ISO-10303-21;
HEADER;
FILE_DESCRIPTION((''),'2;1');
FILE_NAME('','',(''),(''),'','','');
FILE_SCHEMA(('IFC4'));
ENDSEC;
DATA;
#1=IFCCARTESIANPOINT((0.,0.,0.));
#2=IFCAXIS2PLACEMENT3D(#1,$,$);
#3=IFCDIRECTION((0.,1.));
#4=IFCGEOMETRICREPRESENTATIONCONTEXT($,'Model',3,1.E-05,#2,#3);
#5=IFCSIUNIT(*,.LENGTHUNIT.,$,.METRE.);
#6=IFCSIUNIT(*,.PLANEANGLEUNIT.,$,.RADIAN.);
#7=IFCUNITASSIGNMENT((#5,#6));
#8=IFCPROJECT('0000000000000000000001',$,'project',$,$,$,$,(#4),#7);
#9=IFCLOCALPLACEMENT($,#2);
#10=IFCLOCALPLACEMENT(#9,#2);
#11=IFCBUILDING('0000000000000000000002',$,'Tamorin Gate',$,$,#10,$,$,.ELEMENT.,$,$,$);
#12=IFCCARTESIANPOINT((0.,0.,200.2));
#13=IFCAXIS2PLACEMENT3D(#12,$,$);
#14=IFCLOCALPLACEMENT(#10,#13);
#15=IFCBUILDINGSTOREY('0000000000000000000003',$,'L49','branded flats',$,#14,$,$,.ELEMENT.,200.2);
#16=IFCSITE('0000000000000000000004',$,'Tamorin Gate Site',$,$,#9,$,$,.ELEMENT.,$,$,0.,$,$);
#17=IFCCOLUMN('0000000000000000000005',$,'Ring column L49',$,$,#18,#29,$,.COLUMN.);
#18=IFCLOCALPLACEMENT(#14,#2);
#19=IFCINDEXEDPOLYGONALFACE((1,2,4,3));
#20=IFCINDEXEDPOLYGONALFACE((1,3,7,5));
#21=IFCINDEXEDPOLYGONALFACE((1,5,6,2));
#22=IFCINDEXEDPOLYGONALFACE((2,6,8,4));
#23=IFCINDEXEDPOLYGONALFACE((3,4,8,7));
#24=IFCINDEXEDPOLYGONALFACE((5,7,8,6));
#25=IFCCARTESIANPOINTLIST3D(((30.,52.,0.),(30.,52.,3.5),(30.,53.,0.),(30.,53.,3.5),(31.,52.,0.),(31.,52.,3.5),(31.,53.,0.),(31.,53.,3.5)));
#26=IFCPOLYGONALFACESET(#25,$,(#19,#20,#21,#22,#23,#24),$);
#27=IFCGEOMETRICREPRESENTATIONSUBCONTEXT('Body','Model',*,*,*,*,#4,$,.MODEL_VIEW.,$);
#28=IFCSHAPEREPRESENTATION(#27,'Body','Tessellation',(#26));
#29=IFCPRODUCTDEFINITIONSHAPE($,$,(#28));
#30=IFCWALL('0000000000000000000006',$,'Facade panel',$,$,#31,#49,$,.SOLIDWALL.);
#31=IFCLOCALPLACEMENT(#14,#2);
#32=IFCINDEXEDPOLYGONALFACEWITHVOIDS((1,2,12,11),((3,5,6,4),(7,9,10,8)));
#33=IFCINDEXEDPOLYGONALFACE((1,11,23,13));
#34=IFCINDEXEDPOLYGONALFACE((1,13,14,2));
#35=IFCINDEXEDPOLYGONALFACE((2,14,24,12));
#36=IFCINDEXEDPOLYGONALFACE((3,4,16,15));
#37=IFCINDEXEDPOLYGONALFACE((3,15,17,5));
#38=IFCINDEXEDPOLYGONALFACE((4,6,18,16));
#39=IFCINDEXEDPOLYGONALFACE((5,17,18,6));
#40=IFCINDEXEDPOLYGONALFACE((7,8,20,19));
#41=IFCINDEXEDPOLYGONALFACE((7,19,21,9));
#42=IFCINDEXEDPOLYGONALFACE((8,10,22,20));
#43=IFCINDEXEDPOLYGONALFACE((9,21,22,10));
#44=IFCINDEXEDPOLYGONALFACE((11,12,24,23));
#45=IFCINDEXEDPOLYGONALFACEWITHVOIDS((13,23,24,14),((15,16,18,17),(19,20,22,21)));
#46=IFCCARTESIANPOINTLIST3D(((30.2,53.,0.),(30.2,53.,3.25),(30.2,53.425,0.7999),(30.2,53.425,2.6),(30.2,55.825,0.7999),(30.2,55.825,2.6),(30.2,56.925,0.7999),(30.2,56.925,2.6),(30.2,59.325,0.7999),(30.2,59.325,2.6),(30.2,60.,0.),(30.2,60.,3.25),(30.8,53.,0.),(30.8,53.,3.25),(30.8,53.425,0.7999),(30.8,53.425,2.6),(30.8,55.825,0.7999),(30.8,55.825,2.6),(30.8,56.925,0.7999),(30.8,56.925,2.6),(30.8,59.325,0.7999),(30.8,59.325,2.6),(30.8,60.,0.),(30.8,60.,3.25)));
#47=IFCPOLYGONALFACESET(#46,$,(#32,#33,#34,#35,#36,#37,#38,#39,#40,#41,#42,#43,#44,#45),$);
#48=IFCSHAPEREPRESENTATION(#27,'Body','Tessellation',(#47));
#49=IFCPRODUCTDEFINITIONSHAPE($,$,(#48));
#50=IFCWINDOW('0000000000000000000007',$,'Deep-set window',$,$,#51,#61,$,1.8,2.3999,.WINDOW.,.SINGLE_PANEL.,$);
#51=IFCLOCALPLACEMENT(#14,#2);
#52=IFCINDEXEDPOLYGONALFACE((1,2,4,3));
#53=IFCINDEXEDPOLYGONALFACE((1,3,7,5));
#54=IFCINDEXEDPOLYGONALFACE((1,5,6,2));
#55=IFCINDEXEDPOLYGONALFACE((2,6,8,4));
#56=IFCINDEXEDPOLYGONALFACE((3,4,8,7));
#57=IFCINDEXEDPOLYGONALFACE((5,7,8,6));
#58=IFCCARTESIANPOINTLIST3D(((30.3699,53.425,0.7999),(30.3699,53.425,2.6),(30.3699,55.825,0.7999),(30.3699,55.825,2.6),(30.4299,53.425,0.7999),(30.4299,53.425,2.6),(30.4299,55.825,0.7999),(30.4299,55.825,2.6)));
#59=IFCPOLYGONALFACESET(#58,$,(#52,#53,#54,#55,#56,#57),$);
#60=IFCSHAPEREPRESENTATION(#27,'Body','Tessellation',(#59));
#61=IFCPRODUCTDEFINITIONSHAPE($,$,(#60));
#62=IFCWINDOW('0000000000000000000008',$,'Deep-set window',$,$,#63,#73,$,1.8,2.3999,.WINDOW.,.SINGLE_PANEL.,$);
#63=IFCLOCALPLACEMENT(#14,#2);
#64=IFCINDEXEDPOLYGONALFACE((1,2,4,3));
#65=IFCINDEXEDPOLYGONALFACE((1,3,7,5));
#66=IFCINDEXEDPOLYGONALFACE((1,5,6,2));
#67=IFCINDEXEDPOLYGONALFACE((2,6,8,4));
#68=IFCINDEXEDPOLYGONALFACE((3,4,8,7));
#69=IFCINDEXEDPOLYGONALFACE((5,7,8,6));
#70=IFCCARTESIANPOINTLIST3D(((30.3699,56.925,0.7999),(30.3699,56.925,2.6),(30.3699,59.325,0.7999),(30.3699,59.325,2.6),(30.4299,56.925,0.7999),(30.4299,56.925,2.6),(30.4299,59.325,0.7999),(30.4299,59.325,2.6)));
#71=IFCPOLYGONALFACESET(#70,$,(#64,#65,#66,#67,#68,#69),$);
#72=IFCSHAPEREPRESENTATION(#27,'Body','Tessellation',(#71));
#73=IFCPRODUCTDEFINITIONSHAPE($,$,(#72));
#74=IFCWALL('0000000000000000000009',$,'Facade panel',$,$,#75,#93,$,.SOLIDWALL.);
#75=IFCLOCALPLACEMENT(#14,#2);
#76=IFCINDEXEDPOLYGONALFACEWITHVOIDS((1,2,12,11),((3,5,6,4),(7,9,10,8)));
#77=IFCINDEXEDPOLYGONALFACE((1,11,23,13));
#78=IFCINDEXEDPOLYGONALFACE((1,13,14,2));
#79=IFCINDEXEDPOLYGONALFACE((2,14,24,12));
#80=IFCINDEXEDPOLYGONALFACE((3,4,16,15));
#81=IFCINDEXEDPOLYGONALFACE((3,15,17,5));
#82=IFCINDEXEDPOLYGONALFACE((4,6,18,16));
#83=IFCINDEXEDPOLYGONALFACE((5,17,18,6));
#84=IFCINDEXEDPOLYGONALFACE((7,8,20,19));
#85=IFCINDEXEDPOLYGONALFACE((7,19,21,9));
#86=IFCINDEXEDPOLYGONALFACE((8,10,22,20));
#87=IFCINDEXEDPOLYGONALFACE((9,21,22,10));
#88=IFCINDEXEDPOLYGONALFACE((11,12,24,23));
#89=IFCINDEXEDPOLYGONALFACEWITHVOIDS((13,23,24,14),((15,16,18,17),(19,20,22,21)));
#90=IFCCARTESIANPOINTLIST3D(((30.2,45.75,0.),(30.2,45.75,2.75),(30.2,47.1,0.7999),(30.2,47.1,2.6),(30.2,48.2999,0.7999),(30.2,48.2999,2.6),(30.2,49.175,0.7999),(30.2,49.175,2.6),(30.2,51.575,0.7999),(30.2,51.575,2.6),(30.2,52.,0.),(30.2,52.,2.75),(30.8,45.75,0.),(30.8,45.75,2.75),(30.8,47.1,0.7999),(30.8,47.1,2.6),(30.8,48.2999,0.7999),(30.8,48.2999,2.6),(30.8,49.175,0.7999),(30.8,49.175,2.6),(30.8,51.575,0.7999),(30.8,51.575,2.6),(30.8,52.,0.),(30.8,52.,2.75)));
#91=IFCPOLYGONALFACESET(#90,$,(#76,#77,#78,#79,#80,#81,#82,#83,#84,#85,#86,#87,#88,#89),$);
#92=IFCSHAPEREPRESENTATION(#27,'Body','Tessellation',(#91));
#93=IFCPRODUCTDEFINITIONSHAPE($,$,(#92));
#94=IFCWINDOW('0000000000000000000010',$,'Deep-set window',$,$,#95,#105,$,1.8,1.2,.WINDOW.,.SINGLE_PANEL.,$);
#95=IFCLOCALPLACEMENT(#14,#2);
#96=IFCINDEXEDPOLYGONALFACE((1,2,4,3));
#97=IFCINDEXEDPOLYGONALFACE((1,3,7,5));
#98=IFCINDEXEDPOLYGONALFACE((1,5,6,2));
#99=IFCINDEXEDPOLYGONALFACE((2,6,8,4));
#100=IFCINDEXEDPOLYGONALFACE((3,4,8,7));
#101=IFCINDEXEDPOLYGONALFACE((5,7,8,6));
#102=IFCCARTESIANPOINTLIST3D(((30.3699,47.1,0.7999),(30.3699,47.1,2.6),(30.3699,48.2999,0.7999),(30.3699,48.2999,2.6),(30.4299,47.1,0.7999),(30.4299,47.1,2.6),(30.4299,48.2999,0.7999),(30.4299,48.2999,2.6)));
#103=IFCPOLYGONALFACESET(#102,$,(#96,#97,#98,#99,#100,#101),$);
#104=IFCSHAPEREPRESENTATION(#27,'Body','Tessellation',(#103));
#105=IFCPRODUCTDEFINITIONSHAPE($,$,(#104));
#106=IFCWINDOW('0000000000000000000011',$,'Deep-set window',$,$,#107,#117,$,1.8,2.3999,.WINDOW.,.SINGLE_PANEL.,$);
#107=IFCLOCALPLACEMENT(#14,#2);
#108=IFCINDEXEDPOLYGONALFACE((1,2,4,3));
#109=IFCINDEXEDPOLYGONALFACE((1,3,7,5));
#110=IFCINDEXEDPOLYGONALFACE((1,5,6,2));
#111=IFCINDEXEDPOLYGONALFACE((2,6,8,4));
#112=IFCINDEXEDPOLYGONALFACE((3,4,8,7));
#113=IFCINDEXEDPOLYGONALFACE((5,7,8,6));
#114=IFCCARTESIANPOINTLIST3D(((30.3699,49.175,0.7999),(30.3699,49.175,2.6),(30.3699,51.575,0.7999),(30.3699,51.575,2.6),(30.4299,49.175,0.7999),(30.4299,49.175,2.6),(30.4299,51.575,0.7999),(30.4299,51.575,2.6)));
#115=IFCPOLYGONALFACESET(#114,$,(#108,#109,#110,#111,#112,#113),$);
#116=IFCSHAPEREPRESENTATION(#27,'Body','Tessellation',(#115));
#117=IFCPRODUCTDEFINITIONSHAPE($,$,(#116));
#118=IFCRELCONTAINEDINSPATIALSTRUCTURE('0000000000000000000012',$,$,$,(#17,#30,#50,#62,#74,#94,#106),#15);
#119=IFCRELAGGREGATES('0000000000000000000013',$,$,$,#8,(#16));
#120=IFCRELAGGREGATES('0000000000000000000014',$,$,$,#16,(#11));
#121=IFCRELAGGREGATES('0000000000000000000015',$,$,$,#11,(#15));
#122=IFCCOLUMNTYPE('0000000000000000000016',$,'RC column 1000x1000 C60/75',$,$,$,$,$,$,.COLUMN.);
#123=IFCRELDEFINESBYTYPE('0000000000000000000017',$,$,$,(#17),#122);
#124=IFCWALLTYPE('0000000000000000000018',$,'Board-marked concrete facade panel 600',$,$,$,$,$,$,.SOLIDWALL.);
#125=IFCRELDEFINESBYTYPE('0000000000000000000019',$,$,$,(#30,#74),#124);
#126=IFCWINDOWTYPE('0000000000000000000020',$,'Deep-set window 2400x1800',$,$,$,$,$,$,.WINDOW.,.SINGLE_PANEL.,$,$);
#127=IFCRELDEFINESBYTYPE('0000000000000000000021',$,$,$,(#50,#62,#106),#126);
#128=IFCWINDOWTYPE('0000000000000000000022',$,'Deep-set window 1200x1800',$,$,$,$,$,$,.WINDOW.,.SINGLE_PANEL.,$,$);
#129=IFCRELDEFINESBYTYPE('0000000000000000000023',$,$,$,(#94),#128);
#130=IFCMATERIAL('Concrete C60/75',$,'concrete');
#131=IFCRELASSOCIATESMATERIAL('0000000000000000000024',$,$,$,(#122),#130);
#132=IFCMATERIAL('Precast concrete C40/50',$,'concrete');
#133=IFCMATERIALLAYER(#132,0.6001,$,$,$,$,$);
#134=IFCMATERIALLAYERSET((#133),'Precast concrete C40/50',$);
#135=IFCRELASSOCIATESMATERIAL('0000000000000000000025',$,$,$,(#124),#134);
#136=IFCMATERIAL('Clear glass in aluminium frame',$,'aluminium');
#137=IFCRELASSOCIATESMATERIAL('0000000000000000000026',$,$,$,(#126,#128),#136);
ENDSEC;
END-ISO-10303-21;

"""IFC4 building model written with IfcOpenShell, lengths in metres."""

from ifc_helpers import new_model, si_unit, direction, frame, frame_2d, origin, origin_2d, place, context, subcontext, project, spatial, rectangle, extrude, material, layer, layer_set, material_profile, profile_set, type_object, element, fill, save


model = new_model("IFC4")

# Units and contexts
model_context = context("Model", 3, precision=1e-05, world=origin(), true_north=direction((0.0, 1.0)))
body_context = subcontext(model_context, "Body", "Model", "MODEL_VIEW")
ifc_project = project(units=[si_unit("LENGTHUNIT", "METRE"), si_unit("PLANEANGLEUNIT", "RADIAN")], contexts=[model_context])

# Site, building, storey
site_placement = place(None, origin())
site = spatial("IfcSite", under=ifc_project, at=site_placement, Name="Tamorin Gate Site", CompositionType="ELEMENT", RefElevation=0.0)
building_placement = place(site_placement, origin())
building = spatial("IfcBuilding", under=site, at=building_placement, Name="Tamorin Gate", CompositionType="ELEMENT")
storey_placement = place(building_placement, frame((0.0, 0.0, 200.2)))
storey = spatial("IfcBuildingStorey", under=building, at=storey_placement, Name="L49", Description="branded flats", CompositionType="ELEMENT", Elevation=200.2)

# Column
ifc_material_1 = material(Name="Concrete C60/75", Category="concrete")
ifc_material_profile = material_profile(ifc_material_1, rectangle(XDim=1.0, YDim=1.0, at=origin_2d()), Name="RC 1000x1000")
ifc_profile_set = profile_set([ifc_material_profile], Name="Concrete C60/75")
column_type = type_object("IfcColumnType", Name="RC column 1000x1000 C60/75", PredefinedType="COLUMN", material=ifc_profile_set)
column_placement = place(storey_placement, frame((30.5, 52.5, 0.0), z_axis=(0.0, 0.0, 1.0), x_axis=(1.0, 0.0, 0.0)))
element("IfcColumn", 1, at=column_placement, inside=storey, type_object=column_type, Name="Ring column L49", PredefinedType="COLUMN", context=body_context, shape_type="SweptSolid", body=[
    extrude(rectangle(XDim=1.0, YDim=1.0, at=origin_2d()), origin(), (0.0, 0.0, 1.0), 3.5),
])

# Walls, openings, windows
ifc_material_2 = material(Name="Precast concrete C40/50", Category="concrete")
ifc_layer_1 = layer(ifc_material_2, 0.6001)
ifc_layer_set_1 = layer_set([ifc_layer_1], Name="Precast concrete C40/50")
wall_type_1 = type_object("IfcWallType", Name="Board-marked concrete facade panel 600", PredefinedType="SOLIDWALL", material=ifc_layer_set_1)
wall_1_placement = place(storey_placement, frame((30.5, 60.0, 0.0), z_axis=(0.0, 0.0, 1.0), x_axis=(0.0, -1.0, 0.0)))
wall_1 = element("IfcWall", 2, at=wall_1_placement, inside=storey, type_object=wall_type_1, Name="Facade panel", PredefinedType="SOLIDWALL", context=body_context, shape_type="SweptSolid", body=[
    extrude(rectangle(XDim=7.0, YDim=0.6001, at=frame_2d((3.5, 0.0))), origin(), (0.0, 0.0, 1.0), 3.25),
])
opening_1_placement = place(wall_1_placement, frame((4.175, 0.0, 0.8)))
opening_1 = element("IfcOpeningElement", 3, at=opening_1_placement, cuts=wall_1, PredefinedType="OPENING", context=body_context, shape_type="SweptSolid", body=[
    extrude(rectangle(XDim=2.3999, YDim=1.8, at=frame_2d((1.2, 0.8999))), frame((0.0, 0.3101, 0.0), z_axis=(0.0, -1.0, 0.0), x_axis=(1.0, 0.0, 0.0)), (0.0, 0.0, 1.0), 0.6201),
])
opening_2_placement = place(wall_1_placement, frame((0.675, 0.0, 0.8)))
opening_2 = element("IfcOpeningElement", 4, at=opening_2_placement, cuts=wall_1, PredefinedType="OPENING", context=body_context, shape_type="SweptSolid", body=[
    extrude(rectangle(XDim=2.3999, YDim=1.8, at=frame_2d((1.2, 0.8999))), frame((0.0, 0.3101, 0.0), z_axis=(0.0, -1.0, 0.0), x_axis=(1.0, 0.0, 0.0)), (0.0, 0.0, 1.0), 0.6201),
])
ifc_material_3 = material(Name="Clear glass in aluminium frame", Category="aluminium")
window_type_1 = type_object("IfcWindowType", Name="Deep-set window 2400x1800", PartitioningType="SINGLE_PANEL", PredefinedType="WINDOW", material=ifc_material_3)
window_1_placement = place(opening_1_placement, origin())
window_1 = element("IfcWindow", 5, at=window_1_placement, inside=storey, type_object=window_type_1, Name="Deep-set window", OverallHeight=1.8, OverallWidth=2.3999, PartitioningType="SINGLE_PANEL", PredefinedType="WINDOW", context=body_context, shape_type="SweptSolid", body=[
    extrude(rectangle(XDim=2.3999, YDim=1.8, at=frame_2d((1.2, 0.8999))), frame((0.0, -0.0701, 0.0), z_axis=(0.0, -1.0, 0.0), x_axis=(1.0, 0.0, 0.0)), (0.0, 0.0, 1.0), 0.0601),
])
fill(opening_1, window_1)
window_2_placement = place(opening_2_placement, origin())
window_2 = element("IfcWindow", 6, at=window_2_placement, inside=storey, type_object=window_type_1, Name="Deep-set window", OverallHeight=1.8, OverallWidth=2.3999, PartitioningType="SINGLE_PANEL", PredefinedType="WINDOW", context=body_context, shape_type="SweptSolid", body=[
    extrude(rectangle(XDim=2.3999, YDim=1.8, at=frame_2d((1.2, 0.8999))), frame((0.0, -0.0701, 0.0), z_axis=(0.0, -1.0, 0.0), x_axis=(1.0, 0.0, 0.0)), (0.0, 0.0, 1.0), 0.0601),
])
fill(opening_2, window_2)
wall_2_placement = place(storey_placement, frame((30.5, 52.0, 0.0), z_axis=(0.0, 0.0, 1.0), x_axis=(0.0, -1.0, 0.0)))
wall_2 = element("IfcWall", 7, at=wall_2_placement, inside=storey, type_object=wall_type_1, Name="Facade panel", PredefinedType="SOLIDWALL", context=body_context, shape_type="SweptSolid", body=[
    extrude(rectangle(XDim=6.25, YDim=0.6001, at=frame_2d((3.125, 0.0))), origin(), (0.0, 0.0, 1.0), 2.75),
])
opening_3_placement = place(wall_2_placement, frame((3.7, 0.0, 0.8)))
opening_3 = element("IfcOpeningElement", 8, at=opening_3_placement, cuts=wall_2, PredefinedType="OPENING", context=body_context, shape_type="SweptSolid", body=[
    extrude(rectangle(XDim=1.2, YDim=1.8, at=frame_2d((0.6001, 0.8999))), frame((0.0, 0.3101, 0.0), z_axis=(0.0, -1.0, 0.0), x_axis=(1.0, 0.0, 0.0)), (0.0, 0.0, 1.0), 0.6201),
])
opening_4_placement = place(wall_2_placement, frame((0.425, 0.0, 0.8)))
opening_4 = element("IfcOpeningElement", 9, at=opening_4_placement, cuts=wall_2, PredefinedType="OPENING", context=body_context, shape_type="SweptSolid", body=[
    extrude(rectangle(XDim=2.3999, YDim=1.8, at=frame_2d((1.2, 0.8999))), frame((0.0, 0.3101, 0.0), z_axis=(0.0, -1.0, 0.0), x_axis=(1.0, 0.0, 0.0)), (0.0, 0.0, 1.0), 0.6201),
])
window_type_2 = type_object("IfcWindowType", Name="Deep-set window 1200x1800", PartitioningType="SINGLE_PANEL", PredefinedType="WINDOW", material=ifc_material_3)
window_3_placement = place(opening_3_placement, origin())
window_3 = element("IfcWindow", 10, at=window_3_placement, inside=storey, type_object=window_type_2, Name="Deep-set window", OverallHeight=1.8, OverallWidth=1.2, PartitioningType="SINGLE_PANEL", PredefinedType="WINDOW", context=body_context, shape_type="SweptSolid", body=[
    extrude(rectangle(XDim=1.2, YDim=1.8, at=frame_2d((0.6001, 0.8999))), frame((0.0, -0.0701, 0.0), z_axis=(0.0, -1.0, 0.0), x_axis=(1.0, 0.0, 0.0)), (0.0, 0.0, 1.0), 0.0601),
])
fill(opening_3, window_3)
window_4_placement = place(opening_4_placement, origin())
window_4 = element("IfcWindow", 11, at=window_4_placement, inside=storey, type_object=window_type_1, Name="Deep-set window", OverallHeight=1.8, OverallWidth=2.3999, PartitioningType="SINGLE_PANEL", PredefinedType="WINDOW", context=body_context, shape_type="SweptSolid", body=[
    extrude(rectangle(XDim=2.3999, YDim=1.8, at=frame_2d((1.2, 0.8999))), frame((0.0, -0.0701, 0.0), z_axis=(0.0, -1.0, 0.0), x_axis=(1.0, 0.0, 0.0)), (0.0, 0.0, 1.0), 0.0601),
])
fill(opening_4, window_4)

save(model, "model.ifc")
